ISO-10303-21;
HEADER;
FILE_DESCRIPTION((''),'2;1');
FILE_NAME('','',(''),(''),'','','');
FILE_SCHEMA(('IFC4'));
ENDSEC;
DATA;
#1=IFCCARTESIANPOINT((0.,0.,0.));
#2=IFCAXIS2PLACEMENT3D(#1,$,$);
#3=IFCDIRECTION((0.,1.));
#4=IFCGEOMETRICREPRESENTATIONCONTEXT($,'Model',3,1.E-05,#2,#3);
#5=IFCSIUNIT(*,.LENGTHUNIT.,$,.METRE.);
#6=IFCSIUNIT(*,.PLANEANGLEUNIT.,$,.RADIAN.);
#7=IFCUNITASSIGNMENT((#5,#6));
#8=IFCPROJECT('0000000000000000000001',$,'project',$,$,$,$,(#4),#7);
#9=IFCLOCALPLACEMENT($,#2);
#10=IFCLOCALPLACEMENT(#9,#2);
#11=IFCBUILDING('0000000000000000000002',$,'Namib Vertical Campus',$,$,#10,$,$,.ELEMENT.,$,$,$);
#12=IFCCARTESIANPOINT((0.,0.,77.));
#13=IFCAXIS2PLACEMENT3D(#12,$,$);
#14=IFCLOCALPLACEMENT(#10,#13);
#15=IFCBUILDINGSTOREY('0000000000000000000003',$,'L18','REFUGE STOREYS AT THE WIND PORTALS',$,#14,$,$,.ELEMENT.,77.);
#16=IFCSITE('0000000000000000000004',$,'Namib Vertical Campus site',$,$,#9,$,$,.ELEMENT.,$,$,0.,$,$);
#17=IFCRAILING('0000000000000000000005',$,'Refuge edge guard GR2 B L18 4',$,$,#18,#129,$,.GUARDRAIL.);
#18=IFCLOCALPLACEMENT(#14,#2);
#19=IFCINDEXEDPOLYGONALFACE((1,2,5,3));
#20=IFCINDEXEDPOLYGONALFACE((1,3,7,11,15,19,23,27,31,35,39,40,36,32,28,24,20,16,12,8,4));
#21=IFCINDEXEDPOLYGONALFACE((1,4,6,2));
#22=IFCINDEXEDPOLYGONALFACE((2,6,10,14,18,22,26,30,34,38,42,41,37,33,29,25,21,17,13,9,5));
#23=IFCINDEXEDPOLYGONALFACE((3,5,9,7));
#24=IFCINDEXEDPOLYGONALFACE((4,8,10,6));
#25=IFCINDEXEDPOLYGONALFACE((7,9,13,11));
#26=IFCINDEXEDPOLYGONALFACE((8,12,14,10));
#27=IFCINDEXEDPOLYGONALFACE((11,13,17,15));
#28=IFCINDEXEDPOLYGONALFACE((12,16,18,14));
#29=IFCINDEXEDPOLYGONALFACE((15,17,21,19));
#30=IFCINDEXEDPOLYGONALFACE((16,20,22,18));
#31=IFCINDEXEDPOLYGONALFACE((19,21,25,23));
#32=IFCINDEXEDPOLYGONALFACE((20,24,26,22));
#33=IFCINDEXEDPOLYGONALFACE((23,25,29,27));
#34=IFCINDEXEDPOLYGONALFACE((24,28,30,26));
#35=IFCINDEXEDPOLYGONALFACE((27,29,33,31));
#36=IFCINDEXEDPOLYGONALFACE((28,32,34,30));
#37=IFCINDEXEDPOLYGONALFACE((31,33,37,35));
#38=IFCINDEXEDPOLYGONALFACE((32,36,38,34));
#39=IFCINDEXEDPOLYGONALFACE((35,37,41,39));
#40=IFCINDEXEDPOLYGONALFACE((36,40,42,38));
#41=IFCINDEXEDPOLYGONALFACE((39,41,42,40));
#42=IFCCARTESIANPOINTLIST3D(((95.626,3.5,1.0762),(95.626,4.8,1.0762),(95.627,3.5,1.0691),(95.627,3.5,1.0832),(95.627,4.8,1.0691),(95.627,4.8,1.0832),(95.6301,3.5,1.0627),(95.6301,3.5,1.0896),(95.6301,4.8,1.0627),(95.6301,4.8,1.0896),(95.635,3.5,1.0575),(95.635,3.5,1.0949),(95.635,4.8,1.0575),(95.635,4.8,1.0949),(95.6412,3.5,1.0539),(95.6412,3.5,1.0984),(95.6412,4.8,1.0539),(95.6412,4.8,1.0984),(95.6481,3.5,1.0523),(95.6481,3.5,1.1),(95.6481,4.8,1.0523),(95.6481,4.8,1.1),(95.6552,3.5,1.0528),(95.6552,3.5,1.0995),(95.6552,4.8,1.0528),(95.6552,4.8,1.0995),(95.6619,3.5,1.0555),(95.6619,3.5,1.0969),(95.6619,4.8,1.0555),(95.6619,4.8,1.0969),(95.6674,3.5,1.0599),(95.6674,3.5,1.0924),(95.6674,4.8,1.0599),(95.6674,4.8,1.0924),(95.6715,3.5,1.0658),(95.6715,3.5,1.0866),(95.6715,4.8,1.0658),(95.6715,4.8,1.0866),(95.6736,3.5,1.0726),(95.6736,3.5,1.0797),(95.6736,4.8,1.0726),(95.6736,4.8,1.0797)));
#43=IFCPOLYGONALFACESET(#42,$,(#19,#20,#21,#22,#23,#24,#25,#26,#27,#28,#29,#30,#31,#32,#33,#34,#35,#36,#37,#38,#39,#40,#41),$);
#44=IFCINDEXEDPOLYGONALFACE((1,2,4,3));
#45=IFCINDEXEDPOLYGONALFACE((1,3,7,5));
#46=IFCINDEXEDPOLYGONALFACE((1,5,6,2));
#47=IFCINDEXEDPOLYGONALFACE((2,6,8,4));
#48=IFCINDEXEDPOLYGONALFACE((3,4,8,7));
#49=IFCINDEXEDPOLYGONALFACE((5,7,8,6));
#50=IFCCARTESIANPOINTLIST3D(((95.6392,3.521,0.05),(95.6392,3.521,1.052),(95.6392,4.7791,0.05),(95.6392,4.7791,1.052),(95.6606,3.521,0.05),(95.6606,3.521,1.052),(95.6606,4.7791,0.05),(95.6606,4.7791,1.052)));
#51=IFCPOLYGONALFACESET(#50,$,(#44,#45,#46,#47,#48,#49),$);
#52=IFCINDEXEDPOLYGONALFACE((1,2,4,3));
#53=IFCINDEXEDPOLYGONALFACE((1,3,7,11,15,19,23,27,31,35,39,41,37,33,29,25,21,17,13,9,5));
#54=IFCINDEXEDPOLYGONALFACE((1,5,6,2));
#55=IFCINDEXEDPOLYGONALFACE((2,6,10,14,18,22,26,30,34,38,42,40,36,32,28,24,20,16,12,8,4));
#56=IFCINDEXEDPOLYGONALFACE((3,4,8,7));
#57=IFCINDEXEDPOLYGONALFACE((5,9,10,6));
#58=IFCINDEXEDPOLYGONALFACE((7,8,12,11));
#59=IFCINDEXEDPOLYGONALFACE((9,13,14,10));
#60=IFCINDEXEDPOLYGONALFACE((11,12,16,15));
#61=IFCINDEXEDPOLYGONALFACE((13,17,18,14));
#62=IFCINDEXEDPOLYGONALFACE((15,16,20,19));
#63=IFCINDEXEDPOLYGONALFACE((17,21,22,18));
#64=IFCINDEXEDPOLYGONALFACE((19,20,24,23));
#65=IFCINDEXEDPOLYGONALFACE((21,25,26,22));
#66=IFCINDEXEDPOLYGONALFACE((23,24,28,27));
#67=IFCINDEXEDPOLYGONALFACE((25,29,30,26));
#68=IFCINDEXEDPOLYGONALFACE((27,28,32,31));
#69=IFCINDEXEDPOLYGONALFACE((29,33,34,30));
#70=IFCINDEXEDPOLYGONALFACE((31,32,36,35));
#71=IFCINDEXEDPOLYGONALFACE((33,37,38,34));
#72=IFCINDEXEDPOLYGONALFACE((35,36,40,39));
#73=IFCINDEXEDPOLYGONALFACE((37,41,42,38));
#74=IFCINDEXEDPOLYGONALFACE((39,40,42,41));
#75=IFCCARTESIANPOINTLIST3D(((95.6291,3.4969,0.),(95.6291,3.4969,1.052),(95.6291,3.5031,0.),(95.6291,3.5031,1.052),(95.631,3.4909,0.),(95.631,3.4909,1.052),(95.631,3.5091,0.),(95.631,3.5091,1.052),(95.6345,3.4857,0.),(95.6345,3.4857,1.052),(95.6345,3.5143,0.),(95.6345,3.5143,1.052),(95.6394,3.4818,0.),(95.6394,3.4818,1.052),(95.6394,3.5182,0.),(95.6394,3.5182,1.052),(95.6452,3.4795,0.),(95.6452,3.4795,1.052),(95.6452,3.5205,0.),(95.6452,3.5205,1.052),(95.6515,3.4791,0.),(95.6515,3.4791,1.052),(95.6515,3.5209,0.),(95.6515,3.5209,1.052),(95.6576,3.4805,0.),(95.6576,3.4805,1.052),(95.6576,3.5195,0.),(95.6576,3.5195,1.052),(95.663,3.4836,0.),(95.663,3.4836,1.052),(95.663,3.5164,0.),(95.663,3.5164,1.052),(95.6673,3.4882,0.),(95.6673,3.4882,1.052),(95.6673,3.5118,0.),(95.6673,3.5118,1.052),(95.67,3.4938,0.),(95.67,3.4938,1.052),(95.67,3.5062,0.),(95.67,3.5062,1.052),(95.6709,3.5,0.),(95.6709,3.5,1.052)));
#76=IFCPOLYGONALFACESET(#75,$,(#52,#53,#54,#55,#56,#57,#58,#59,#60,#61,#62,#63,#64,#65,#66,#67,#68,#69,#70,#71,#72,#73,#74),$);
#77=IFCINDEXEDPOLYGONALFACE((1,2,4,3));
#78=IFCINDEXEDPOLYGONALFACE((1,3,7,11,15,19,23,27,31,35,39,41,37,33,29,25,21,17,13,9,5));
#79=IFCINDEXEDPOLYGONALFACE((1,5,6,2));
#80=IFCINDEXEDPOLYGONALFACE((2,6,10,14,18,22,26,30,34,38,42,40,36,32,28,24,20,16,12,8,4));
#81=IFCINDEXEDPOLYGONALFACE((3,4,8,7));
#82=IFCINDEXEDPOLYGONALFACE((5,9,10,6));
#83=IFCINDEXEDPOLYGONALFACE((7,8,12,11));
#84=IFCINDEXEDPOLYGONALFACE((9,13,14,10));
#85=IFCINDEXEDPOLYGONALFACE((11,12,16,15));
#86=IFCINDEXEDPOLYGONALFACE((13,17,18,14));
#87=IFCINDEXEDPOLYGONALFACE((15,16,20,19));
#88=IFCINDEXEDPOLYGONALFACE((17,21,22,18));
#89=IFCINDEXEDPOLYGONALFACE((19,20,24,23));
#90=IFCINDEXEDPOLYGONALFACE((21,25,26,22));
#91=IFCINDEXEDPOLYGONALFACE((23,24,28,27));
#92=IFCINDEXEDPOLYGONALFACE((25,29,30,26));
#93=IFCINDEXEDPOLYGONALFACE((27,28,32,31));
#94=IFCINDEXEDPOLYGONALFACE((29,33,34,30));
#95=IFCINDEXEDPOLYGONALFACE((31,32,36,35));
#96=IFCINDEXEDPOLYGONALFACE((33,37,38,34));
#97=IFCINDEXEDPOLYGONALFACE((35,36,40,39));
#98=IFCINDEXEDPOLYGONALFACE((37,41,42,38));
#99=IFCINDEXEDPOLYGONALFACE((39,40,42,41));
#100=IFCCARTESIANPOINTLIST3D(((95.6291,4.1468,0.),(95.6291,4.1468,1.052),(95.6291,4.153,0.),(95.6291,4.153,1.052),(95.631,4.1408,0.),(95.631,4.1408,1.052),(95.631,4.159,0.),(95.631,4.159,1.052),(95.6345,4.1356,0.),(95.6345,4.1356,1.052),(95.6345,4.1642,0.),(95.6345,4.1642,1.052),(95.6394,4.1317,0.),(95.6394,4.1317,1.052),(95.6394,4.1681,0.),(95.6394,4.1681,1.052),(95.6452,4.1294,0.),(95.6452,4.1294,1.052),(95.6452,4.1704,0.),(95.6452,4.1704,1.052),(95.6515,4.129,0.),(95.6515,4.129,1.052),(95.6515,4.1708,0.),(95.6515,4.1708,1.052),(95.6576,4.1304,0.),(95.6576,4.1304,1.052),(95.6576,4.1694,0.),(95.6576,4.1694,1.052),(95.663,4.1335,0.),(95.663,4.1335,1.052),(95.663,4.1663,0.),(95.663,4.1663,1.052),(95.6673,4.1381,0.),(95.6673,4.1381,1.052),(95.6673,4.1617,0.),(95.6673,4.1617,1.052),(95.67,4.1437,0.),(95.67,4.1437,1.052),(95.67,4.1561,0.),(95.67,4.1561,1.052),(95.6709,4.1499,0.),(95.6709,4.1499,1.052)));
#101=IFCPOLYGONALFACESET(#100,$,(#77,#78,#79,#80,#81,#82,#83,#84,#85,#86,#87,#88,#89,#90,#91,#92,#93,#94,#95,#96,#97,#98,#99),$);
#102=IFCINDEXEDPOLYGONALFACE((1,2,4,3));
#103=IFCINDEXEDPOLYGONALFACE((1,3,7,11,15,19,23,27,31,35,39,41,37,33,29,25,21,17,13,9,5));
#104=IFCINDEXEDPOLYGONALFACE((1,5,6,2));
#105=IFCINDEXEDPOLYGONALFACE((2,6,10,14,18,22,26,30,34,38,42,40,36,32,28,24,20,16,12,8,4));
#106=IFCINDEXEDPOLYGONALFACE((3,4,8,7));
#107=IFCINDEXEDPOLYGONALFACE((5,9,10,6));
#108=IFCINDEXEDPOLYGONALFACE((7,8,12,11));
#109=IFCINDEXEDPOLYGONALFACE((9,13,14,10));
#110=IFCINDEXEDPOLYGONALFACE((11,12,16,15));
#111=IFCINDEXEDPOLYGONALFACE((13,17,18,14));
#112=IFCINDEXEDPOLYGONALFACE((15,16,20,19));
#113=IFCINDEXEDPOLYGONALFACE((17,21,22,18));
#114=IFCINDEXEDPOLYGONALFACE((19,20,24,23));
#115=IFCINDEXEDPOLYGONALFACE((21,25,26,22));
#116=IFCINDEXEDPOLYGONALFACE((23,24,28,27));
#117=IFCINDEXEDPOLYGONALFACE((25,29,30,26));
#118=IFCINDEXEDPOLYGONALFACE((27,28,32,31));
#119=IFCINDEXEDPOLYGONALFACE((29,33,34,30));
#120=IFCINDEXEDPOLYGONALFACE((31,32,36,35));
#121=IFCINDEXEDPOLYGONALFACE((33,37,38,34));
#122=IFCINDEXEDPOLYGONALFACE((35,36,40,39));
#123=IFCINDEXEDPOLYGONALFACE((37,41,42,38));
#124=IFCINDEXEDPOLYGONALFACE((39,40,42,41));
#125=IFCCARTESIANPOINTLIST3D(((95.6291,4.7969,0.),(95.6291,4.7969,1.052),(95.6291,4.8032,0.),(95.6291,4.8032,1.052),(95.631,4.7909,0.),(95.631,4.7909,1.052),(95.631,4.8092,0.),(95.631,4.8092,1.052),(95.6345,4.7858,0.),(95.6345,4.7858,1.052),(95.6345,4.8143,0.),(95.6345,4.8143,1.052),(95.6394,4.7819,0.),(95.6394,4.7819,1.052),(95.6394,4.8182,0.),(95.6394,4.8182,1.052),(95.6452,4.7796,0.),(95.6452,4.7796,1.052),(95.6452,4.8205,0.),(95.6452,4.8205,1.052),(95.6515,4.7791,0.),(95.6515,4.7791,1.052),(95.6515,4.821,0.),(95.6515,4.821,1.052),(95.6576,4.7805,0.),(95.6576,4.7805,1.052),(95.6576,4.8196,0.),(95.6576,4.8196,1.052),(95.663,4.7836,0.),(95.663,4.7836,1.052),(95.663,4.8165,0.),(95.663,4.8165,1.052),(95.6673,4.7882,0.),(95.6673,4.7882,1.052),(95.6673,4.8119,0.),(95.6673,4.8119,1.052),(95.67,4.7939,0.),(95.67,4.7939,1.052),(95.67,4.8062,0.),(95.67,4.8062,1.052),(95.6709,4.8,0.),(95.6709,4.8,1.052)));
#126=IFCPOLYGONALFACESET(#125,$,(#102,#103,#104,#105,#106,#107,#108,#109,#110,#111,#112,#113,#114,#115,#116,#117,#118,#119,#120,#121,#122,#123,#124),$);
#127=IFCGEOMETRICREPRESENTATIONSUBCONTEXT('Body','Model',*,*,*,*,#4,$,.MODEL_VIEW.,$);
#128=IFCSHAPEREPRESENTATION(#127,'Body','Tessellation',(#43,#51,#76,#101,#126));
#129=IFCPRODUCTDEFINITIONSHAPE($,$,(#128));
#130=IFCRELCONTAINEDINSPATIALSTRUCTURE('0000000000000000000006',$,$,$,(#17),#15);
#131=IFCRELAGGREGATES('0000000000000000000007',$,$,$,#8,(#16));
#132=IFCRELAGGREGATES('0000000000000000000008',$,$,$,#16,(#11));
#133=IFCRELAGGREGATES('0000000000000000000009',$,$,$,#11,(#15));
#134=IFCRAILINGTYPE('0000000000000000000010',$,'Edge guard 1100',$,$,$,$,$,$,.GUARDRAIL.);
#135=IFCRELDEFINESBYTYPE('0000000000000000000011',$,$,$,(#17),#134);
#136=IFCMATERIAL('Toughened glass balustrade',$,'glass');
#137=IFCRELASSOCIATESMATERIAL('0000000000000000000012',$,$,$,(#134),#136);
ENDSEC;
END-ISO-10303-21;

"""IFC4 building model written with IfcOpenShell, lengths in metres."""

from ifc_helpers import new_model, si_unit, direction, frame, origin, origin_2d, place, context, subcontext, project, spatial, polyline, circle, outline, extrude, material, type_object, element, save


model = new_model("IFC4")

# Units and contexts
model_context = context("Model", 3, precision=1e-05, world=origin(), true_north=direction((0.0, 1.0)))
body_context = subcontext(model_context, "Body", "Model", "MODEL_VIEW")
ifc_project = project(units=[si_unit("LENGTHUNIT", "METRE"), si_unit("PLANEANGLEUNIT", "RADIAN")], contexts=[model_context])

# Site, building, storey
site_placement = place(None, origin())
site = spatial("IfcSite", under=ifc_project, at=site_placement, Name="Namib Vertical Campus site", CompositionType="ELEMENT", RefElevation=0.0)
building_placement = place(site_placement, origin())
building = spatial("IfcBuilding", under=site, at=building_placement, Name="Namib Vertical Campus", CompositionType="ELEMENT")
storey_placement = place(building_placement, frame((0.0, 0.0, 77.0)))
storey = spatial("IfcBuildingStorey", under=building, at=storey_placement, Name="L18", Description="REFUGE STOREYS AT THE WIND PORTALS", CompositionType="ELEMENT", Elevation=77.0)

# Railing
ifc_material_1 = material(Name="Toughened glass balustrade", Category="glass")
railing_type = type_object("IfcRailingType", Name="Edge guard 1100", PredefinedType="GUARDRAIL", material=ifc_material_1)
railing_1_placement = place(storey_placement, frame((95.6499, 3.5, 0.0)))
element("IfcRailing", 1, at=railing_1_placement, inside=storey, type_object=railing_type, Name="Refuge edge guard GR2 B L18 4", PredefinedType="GUARDRAIL", context=body_context, shape_type="SweptSolid", body=[
    extrude(circle(Radius=0.0239, at=origin_2d()), frame((0.0, 0.0, 1.0762), z_axis=(0.0, 1.0, 0.0), x_axis=(-1.0, 0.0, 0.0)), (0.0, 0.0, 1.0), 1.3),
    extrude(outline(polyline([(0.021, 0.05), (1.2791, 0.05), (1.2791, 1.052), (0.021, 1.052), (0.021, 0.05)])), frame((-0.0107, 0.0, 0.0), z_axis=(1.0, 0.0, 0.0), x_axis=(0.0, 1.0, 0.0)), (0.0, 0.0, 1.0), 0.0215),
    extrude(circle(Radius=0.021, at=origin_2d()), origin(), (0.0, 0.0, 1.0), 1.052),
    extrude(circle(Radius=0.021, at=origin_2d()), frame((0.0, 0.6499, 0.0)), (0.0, 0.0, 1.0), 1.052),
    extrude(circle(Radius=0.021, at=origin_2d()), frame((0.0, 1.3, 0.0)), (0.0, 0.0, 1.0), 1.052),
])

save(model, "model.ifc")
